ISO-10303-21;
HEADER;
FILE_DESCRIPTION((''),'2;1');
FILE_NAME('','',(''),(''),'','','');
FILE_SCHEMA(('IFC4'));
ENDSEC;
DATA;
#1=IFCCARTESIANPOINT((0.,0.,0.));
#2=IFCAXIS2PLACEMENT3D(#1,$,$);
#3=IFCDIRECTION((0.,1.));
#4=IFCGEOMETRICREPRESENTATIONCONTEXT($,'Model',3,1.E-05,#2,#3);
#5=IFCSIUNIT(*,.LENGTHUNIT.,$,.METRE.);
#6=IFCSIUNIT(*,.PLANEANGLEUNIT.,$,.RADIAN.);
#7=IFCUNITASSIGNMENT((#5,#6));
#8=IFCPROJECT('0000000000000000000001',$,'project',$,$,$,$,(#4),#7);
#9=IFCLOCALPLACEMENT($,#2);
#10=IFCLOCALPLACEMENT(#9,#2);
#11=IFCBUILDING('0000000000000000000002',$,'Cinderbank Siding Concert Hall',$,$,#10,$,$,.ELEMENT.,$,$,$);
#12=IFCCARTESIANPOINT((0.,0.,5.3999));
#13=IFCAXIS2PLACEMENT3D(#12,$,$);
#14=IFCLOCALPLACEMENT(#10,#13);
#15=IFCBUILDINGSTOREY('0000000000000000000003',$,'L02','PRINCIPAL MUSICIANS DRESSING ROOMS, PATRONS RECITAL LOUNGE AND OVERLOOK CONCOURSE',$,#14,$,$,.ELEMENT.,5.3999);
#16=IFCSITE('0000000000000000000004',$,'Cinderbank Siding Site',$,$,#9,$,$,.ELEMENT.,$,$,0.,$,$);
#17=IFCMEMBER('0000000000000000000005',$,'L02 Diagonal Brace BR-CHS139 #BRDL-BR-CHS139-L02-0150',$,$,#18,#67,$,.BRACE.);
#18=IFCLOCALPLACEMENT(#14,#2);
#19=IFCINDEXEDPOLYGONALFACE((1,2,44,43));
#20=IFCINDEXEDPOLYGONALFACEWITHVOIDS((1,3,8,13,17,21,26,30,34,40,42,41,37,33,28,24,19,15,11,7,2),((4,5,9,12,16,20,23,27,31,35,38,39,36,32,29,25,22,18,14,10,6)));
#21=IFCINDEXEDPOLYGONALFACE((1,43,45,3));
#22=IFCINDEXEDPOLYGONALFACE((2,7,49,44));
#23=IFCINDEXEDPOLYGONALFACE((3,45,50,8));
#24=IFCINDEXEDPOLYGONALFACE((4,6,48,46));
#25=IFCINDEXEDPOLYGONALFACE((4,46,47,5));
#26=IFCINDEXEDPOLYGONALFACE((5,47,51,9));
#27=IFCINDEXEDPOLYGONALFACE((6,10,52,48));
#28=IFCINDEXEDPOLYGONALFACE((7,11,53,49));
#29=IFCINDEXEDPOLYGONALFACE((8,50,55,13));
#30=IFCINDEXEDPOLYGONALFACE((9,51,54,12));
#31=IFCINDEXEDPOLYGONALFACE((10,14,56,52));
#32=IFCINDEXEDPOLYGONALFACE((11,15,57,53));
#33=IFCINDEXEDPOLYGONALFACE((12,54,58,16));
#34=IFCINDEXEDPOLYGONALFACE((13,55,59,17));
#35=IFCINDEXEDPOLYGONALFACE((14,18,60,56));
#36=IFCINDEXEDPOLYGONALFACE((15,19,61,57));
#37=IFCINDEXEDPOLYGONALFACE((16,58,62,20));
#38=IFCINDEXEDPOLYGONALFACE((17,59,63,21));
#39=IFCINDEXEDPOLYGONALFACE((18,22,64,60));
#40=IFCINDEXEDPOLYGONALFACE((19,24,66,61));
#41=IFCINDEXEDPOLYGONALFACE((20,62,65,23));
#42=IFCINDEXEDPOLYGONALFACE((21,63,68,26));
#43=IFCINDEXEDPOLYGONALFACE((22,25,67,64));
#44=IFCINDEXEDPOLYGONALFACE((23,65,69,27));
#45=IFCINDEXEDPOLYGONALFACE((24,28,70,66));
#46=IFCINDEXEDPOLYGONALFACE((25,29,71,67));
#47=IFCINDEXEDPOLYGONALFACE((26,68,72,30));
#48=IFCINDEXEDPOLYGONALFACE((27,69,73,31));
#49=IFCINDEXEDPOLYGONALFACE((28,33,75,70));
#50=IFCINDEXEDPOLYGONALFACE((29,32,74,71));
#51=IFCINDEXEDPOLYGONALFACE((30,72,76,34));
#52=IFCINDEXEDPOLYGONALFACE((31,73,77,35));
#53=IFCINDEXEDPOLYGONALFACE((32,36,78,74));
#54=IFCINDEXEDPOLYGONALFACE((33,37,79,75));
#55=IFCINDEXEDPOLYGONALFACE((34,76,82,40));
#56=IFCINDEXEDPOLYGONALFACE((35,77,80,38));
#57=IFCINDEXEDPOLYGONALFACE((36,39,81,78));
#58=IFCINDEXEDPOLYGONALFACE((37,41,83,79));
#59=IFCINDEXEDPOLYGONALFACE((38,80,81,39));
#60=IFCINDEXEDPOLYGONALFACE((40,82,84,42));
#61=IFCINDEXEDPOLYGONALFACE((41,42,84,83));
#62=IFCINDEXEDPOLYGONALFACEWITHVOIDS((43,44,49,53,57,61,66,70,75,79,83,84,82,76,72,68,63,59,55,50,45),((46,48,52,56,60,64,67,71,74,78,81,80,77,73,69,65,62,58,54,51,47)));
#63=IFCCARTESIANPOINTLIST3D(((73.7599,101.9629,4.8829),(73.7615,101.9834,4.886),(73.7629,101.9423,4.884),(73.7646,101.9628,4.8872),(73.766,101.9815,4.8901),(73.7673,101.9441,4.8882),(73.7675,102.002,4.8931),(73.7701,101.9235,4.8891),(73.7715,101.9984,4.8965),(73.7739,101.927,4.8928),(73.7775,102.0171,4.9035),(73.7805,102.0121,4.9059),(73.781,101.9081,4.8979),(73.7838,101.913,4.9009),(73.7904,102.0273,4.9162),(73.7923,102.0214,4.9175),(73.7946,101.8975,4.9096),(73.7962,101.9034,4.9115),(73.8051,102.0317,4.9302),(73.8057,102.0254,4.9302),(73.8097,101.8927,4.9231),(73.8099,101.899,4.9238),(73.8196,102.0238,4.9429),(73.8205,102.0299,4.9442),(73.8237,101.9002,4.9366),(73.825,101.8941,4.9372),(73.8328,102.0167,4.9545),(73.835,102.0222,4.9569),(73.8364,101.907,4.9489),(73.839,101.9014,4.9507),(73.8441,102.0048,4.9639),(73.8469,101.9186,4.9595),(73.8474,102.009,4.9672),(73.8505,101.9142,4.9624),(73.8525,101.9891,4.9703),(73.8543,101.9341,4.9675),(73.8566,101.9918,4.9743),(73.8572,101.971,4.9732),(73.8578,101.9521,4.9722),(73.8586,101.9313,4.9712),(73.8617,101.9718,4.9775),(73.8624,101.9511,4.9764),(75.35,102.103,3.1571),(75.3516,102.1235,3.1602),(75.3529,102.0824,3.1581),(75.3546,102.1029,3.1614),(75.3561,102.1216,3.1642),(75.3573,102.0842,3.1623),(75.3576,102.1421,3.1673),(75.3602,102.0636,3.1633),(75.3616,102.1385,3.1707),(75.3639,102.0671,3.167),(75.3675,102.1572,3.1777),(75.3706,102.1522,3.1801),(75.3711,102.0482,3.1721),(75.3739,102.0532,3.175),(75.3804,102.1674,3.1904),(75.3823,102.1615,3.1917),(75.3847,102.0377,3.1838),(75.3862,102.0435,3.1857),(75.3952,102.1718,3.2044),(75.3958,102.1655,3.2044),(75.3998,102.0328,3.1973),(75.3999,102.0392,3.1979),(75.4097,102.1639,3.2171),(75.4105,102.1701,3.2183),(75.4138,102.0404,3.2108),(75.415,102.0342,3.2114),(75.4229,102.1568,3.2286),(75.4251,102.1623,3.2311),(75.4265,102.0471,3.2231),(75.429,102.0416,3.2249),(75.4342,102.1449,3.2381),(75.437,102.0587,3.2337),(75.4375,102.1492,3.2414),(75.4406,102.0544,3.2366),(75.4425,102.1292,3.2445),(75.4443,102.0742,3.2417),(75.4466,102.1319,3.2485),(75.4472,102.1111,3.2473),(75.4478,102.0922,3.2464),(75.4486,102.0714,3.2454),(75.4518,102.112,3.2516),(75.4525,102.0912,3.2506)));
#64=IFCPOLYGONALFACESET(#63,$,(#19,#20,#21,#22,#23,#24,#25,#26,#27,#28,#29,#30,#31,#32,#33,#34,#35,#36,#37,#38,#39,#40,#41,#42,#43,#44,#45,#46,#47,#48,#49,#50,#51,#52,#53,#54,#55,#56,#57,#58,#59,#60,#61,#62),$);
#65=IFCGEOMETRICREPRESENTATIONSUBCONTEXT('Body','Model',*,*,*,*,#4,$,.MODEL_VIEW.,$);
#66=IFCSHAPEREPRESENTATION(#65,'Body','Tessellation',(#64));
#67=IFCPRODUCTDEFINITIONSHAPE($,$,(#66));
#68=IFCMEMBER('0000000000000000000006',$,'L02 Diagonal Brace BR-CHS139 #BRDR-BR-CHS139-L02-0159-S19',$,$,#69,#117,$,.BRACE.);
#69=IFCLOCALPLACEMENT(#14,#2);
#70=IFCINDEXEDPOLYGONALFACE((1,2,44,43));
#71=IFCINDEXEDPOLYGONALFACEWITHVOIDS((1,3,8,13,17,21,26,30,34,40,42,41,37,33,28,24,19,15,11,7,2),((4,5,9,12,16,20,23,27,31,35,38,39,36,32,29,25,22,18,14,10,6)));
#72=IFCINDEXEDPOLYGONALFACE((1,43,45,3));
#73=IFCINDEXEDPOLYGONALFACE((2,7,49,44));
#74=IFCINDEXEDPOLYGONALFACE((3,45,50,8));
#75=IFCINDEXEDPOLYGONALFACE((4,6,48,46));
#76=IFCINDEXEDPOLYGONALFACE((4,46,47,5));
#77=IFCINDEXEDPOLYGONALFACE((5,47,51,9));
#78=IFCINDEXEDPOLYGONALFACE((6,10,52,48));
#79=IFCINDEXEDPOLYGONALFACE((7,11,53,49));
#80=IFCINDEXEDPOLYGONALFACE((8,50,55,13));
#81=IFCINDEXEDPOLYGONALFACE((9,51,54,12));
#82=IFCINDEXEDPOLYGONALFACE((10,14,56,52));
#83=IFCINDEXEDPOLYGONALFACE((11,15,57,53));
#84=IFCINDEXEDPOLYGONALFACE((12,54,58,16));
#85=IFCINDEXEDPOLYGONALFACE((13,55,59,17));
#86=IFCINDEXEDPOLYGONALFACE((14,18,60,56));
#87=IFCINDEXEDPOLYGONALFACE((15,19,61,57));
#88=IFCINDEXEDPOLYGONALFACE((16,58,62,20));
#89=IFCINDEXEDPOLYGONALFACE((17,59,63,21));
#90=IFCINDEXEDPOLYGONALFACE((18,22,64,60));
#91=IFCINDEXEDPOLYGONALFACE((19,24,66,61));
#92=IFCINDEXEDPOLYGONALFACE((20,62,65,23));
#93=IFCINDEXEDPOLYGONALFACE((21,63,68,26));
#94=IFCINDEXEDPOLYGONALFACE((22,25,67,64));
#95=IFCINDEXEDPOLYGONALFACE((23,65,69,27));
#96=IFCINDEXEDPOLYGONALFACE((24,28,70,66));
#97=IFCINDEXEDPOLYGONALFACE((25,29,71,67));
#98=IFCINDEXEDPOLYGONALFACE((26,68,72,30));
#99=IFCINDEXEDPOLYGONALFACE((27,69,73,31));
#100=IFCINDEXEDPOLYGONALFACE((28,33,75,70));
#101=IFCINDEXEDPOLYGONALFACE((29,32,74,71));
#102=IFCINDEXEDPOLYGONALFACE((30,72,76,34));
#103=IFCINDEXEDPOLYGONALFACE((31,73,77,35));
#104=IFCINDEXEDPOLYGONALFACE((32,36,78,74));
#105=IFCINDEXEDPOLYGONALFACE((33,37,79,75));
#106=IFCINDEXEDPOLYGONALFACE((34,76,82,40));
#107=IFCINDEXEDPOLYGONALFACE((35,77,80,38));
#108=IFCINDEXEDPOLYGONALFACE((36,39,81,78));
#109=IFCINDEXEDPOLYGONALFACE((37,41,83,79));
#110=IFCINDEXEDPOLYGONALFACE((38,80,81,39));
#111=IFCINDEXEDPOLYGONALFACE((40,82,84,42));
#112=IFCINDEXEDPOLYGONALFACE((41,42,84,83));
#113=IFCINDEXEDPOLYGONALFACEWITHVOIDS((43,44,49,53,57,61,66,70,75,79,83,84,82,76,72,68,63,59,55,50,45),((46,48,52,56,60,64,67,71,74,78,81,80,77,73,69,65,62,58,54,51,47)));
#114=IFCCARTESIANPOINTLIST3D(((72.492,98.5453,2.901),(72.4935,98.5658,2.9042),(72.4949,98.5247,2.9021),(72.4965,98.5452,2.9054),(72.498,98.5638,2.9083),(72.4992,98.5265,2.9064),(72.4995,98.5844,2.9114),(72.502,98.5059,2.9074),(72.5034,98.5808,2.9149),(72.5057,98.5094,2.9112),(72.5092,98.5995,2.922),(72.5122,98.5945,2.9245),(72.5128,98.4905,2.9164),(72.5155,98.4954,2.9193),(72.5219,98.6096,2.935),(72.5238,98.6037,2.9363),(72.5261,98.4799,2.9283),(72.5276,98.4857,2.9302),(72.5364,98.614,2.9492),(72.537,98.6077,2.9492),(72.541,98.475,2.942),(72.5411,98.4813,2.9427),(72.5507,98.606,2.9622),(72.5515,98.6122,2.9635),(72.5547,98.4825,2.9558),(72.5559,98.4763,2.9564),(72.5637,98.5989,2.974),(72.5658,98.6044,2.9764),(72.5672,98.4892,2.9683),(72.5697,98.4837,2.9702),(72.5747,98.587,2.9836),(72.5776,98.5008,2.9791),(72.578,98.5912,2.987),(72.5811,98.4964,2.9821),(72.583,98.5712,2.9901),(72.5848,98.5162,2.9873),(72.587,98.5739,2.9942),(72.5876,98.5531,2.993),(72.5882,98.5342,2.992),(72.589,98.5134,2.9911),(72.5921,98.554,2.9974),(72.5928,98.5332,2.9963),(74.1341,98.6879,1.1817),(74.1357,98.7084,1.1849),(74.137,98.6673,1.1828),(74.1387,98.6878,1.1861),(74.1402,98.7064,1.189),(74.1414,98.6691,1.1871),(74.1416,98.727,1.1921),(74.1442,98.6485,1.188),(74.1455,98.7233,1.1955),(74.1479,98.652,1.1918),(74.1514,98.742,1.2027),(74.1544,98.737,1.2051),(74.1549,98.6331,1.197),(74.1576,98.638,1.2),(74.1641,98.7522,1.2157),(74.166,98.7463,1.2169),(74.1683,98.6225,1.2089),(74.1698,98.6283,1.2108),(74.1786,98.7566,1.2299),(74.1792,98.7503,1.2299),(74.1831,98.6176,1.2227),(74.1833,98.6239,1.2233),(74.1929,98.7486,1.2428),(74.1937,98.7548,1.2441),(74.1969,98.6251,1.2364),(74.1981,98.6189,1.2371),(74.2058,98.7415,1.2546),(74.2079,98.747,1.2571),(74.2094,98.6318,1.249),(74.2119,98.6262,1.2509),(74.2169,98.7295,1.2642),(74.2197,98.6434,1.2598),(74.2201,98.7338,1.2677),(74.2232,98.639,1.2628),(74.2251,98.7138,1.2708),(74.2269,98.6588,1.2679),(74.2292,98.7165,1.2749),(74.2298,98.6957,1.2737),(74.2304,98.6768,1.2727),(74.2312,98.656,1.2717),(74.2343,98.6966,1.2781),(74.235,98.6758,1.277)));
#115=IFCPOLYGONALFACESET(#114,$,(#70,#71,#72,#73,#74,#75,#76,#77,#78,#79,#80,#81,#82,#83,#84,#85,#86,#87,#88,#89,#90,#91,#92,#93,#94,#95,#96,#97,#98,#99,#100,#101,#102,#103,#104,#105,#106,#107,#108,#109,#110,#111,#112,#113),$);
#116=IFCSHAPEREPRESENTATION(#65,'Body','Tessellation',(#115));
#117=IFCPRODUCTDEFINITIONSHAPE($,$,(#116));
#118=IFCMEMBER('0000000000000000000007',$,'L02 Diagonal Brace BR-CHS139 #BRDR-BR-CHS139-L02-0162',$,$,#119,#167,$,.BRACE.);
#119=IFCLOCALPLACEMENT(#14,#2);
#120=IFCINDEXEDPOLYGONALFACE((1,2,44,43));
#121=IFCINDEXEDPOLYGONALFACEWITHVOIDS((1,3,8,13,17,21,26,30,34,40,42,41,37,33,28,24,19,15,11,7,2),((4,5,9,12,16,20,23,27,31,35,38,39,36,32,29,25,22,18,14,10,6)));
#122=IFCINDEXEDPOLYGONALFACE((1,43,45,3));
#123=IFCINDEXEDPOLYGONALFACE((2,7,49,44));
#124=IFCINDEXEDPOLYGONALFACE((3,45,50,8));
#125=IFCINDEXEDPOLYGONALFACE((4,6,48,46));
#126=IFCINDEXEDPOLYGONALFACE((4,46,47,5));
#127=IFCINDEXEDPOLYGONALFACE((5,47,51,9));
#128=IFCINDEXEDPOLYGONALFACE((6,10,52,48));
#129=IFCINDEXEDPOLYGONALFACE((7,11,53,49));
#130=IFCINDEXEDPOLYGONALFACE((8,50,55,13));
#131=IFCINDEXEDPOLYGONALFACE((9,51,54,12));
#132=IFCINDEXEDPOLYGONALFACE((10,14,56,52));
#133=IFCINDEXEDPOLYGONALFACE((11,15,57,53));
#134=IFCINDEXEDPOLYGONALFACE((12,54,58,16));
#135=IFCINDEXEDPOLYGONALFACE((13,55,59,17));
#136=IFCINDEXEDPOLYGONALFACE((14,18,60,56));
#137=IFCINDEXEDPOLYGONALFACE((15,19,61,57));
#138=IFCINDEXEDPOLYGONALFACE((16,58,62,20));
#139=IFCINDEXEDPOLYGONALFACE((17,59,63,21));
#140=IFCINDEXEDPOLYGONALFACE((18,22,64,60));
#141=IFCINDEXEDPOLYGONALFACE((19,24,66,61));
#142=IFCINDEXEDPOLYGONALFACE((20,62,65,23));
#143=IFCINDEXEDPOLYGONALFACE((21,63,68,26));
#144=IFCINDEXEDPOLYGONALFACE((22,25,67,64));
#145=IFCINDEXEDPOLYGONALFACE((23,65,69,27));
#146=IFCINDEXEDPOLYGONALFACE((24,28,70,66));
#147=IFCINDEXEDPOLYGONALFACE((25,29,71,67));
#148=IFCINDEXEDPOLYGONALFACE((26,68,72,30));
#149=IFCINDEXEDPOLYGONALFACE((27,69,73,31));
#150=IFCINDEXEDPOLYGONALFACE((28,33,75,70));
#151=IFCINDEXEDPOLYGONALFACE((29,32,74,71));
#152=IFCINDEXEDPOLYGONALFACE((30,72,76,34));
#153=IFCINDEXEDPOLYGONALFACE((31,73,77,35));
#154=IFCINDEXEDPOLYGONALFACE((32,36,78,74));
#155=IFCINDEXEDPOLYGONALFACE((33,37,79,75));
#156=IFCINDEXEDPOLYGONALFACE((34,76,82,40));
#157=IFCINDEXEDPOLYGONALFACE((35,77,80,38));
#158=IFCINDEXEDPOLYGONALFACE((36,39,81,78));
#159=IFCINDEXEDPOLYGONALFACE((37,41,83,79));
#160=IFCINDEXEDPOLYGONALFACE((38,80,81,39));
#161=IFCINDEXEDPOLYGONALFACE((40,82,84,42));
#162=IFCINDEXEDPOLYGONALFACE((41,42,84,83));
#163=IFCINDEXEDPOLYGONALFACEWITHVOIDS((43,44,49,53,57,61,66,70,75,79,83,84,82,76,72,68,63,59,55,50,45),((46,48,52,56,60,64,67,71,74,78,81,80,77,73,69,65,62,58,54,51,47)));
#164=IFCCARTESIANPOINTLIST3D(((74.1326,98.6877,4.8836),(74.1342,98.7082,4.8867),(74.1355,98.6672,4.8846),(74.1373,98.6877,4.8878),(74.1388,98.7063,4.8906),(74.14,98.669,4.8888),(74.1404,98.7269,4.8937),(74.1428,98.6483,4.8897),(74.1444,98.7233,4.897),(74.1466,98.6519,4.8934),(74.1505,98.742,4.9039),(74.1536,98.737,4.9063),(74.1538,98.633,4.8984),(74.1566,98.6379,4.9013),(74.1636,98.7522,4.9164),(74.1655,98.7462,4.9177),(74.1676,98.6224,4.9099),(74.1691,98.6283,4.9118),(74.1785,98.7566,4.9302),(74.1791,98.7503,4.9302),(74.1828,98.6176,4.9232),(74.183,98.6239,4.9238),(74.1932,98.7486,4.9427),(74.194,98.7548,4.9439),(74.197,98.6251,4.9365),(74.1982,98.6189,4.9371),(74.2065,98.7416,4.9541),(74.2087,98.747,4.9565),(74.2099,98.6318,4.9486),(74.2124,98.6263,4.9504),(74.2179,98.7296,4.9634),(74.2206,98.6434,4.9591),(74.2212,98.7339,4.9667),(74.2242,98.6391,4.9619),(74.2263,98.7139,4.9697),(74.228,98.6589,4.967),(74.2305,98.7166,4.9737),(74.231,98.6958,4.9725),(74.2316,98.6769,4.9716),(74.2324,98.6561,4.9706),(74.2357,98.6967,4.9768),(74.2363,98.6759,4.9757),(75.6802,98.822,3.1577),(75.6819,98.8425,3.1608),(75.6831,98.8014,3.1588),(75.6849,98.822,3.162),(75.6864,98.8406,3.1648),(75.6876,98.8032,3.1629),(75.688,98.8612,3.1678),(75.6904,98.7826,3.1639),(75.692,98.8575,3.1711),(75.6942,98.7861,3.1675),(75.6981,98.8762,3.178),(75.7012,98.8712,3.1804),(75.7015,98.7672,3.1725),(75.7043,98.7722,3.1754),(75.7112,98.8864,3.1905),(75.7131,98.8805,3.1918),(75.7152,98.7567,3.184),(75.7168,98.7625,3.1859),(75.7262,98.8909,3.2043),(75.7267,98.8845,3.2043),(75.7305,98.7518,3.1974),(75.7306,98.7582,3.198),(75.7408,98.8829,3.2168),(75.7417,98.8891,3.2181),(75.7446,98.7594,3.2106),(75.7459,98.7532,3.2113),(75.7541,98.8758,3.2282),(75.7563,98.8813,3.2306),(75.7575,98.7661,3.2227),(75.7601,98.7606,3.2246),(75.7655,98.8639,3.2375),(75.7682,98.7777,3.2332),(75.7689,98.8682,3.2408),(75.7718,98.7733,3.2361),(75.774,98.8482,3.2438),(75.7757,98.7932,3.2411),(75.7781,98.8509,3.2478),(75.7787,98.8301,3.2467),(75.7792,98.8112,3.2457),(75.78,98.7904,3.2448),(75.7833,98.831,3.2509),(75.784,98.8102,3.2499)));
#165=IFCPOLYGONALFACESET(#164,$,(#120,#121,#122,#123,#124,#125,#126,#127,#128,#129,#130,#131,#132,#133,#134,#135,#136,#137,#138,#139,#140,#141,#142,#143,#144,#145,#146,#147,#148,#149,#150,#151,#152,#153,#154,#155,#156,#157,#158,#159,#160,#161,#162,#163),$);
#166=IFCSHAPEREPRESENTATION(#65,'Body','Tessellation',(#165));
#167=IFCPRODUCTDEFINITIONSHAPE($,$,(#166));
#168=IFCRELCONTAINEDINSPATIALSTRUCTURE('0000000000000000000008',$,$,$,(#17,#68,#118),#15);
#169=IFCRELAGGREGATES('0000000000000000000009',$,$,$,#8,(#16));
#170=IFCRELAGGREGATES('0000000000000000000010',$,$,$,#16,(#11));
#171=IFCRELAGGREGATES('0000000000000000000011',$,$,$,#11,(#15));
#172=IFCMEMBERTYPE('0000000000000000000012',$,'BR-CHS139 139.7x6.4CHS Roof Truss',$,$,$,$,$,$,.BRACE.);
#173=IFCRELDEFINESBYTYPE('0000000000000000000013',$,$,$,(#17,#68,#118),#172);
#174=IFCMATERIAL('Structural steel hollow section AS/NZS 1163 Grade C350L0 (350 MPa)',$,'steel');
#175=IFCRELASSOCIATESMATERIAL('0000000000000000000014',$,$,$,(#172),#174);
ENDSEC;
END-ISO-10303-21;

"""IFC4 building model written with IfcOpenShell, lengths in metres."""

from ifc_helpers import new_model, si_unit, direction, frame, origin, origin_2d, place, context, subcontext, project, spatial, hollow_circle, extrude, material, material_profile, profile_set, type_object, element, save


model = new_model("IFC4")

# Units and contexts
model_context = context("Model", 3, precision=1e-05, world=origin(), true_north=direction((0.0, 1.0)))
body_context = subcontext(model_context, "Body", "Model", "MODEL_VIEW")
ifc_project = project(units=[si_unit("LENGTHUNIT", "METRE"), si_unit("PLANEANGLEUNIT", "RADIAN")], contexts=[model_context])

# Site, building, storey
site_placement = place(None, origin())
site = spatial("IfcSite", under=ifc_project, at=site_placement, Name="Cinderbank Siding Site", CompositionType="ELEMENT", RefElevation=0.0)
building_placement = place(site_placement, origin())
building = spatial("IfcBuilding", under=site, at=building_placement, Name="Cinderbank Siding Concert Hall", CompositionType="ELEMENT")
storey_placement = place(building_placement, frame((0.0, 0.0, 5.3999)))
storey = spatial("IfcBuildingStorey", under=building, at=storey_placement, Name="L02", Description="PRINCIPAL MUSICIANS DRESSING ROOMS, PATRONS RECITAL LOUNGE AND OVERLOOK CONCOURSE", CompositionType="ELEMENT", Elevation=5.3999)

# Members
ifc_material_1 = material(Name="Structural steel hollow section AS/NZS 1163 Grade C350L0 (350 MPa)", Category="steel")
ifc_material_profile_1 = material_profile(ifc_material_1, hollow_circle(Radius=0.0698, WallThickness=0.0063, at=origin_2d()), Name="139.7x6.4CHS", Category="LoadBearing")
ifc_profile_set_1 = profile_set([ifc_material_profile_1], Name="Structural steel hollow section AS/NZS 1163 Grade C350L0 (350 MPa)")
member_type_1 = type_object("IfcMemberType", Name="BR-CHS139 139.7x6.4CHS Roof Truss", PredefinedType="BRACE", material=ifc_profile_set_1)
member_1_placement = place(storey_placement, frame((73.8113, 101.9622, 4.9302), z_axis=(0.676388, 0.059611, -0.734129), x_axis=(-0.087791, 0.996139, 0.0)))
element("IfcMember", 1, at=member_1_placement, inside=storey, type_object=member_type_1, Name="L02 Diagonal Brace BR-CHS139 #BRDL-BR-CHS139-L02-0150", PredefinedType="BRACE", context=body_context, shape_type="SweptSolid", body=[
    extrude(hollow_circle(Radius=0.0698, WallThickness=0.0063, at=origin_2d()), origin(), (0.0, 0.0, 1.0), 2.3508),
])
member_2_placement = place(storey_placement, frame((72.5425, 98.5444, 2.9492), z_axis=(0.689457, 0.059864, -0.721849), x_axis=(-0.086502, 0.996252, 0.0)))
element("IfcMember", 2, at=member_2_placement, inside=storey, type_object=member_type_1, Name="L02 Diagonal Brace BR-CHS139 #BRDR-BR-CHS139-L02-0159-S19", PredefinedType="BRACE", context=body_context, shape_type="SweptSolid", body=[
    extrude(hollow_circle(Radius=0.0698, WallThickness=0.0063, at=origin_2d()), origin(), (0.0, 0.0, 1.0), 2.3818),
])
member_3_placement = place(storey_placement, frame((74.1846, 98.687, 4.9302), z_axis=(0.666502, 0.057829, -0.743257), x_axis=(-0.08644, 0.996257, 0.0)))
element("IfcMember", 3, at=member_3_placement, inside=storey, type_object=member_type_1, Name="L02 Diagonal Brace BR-CHS139 #BRDR-BR-CHS139-L02-0162", PredefinedType="BRACE", context=body_context, shape_type="SweptSolid", body=[
    extrude(hollow_circle(Radius=0.0698, WallThickness=0.0063, at=origin_2d()), origin(), (0.0, 0.0, 1.0), 2.322),
])

save(model, "model.ifc")
